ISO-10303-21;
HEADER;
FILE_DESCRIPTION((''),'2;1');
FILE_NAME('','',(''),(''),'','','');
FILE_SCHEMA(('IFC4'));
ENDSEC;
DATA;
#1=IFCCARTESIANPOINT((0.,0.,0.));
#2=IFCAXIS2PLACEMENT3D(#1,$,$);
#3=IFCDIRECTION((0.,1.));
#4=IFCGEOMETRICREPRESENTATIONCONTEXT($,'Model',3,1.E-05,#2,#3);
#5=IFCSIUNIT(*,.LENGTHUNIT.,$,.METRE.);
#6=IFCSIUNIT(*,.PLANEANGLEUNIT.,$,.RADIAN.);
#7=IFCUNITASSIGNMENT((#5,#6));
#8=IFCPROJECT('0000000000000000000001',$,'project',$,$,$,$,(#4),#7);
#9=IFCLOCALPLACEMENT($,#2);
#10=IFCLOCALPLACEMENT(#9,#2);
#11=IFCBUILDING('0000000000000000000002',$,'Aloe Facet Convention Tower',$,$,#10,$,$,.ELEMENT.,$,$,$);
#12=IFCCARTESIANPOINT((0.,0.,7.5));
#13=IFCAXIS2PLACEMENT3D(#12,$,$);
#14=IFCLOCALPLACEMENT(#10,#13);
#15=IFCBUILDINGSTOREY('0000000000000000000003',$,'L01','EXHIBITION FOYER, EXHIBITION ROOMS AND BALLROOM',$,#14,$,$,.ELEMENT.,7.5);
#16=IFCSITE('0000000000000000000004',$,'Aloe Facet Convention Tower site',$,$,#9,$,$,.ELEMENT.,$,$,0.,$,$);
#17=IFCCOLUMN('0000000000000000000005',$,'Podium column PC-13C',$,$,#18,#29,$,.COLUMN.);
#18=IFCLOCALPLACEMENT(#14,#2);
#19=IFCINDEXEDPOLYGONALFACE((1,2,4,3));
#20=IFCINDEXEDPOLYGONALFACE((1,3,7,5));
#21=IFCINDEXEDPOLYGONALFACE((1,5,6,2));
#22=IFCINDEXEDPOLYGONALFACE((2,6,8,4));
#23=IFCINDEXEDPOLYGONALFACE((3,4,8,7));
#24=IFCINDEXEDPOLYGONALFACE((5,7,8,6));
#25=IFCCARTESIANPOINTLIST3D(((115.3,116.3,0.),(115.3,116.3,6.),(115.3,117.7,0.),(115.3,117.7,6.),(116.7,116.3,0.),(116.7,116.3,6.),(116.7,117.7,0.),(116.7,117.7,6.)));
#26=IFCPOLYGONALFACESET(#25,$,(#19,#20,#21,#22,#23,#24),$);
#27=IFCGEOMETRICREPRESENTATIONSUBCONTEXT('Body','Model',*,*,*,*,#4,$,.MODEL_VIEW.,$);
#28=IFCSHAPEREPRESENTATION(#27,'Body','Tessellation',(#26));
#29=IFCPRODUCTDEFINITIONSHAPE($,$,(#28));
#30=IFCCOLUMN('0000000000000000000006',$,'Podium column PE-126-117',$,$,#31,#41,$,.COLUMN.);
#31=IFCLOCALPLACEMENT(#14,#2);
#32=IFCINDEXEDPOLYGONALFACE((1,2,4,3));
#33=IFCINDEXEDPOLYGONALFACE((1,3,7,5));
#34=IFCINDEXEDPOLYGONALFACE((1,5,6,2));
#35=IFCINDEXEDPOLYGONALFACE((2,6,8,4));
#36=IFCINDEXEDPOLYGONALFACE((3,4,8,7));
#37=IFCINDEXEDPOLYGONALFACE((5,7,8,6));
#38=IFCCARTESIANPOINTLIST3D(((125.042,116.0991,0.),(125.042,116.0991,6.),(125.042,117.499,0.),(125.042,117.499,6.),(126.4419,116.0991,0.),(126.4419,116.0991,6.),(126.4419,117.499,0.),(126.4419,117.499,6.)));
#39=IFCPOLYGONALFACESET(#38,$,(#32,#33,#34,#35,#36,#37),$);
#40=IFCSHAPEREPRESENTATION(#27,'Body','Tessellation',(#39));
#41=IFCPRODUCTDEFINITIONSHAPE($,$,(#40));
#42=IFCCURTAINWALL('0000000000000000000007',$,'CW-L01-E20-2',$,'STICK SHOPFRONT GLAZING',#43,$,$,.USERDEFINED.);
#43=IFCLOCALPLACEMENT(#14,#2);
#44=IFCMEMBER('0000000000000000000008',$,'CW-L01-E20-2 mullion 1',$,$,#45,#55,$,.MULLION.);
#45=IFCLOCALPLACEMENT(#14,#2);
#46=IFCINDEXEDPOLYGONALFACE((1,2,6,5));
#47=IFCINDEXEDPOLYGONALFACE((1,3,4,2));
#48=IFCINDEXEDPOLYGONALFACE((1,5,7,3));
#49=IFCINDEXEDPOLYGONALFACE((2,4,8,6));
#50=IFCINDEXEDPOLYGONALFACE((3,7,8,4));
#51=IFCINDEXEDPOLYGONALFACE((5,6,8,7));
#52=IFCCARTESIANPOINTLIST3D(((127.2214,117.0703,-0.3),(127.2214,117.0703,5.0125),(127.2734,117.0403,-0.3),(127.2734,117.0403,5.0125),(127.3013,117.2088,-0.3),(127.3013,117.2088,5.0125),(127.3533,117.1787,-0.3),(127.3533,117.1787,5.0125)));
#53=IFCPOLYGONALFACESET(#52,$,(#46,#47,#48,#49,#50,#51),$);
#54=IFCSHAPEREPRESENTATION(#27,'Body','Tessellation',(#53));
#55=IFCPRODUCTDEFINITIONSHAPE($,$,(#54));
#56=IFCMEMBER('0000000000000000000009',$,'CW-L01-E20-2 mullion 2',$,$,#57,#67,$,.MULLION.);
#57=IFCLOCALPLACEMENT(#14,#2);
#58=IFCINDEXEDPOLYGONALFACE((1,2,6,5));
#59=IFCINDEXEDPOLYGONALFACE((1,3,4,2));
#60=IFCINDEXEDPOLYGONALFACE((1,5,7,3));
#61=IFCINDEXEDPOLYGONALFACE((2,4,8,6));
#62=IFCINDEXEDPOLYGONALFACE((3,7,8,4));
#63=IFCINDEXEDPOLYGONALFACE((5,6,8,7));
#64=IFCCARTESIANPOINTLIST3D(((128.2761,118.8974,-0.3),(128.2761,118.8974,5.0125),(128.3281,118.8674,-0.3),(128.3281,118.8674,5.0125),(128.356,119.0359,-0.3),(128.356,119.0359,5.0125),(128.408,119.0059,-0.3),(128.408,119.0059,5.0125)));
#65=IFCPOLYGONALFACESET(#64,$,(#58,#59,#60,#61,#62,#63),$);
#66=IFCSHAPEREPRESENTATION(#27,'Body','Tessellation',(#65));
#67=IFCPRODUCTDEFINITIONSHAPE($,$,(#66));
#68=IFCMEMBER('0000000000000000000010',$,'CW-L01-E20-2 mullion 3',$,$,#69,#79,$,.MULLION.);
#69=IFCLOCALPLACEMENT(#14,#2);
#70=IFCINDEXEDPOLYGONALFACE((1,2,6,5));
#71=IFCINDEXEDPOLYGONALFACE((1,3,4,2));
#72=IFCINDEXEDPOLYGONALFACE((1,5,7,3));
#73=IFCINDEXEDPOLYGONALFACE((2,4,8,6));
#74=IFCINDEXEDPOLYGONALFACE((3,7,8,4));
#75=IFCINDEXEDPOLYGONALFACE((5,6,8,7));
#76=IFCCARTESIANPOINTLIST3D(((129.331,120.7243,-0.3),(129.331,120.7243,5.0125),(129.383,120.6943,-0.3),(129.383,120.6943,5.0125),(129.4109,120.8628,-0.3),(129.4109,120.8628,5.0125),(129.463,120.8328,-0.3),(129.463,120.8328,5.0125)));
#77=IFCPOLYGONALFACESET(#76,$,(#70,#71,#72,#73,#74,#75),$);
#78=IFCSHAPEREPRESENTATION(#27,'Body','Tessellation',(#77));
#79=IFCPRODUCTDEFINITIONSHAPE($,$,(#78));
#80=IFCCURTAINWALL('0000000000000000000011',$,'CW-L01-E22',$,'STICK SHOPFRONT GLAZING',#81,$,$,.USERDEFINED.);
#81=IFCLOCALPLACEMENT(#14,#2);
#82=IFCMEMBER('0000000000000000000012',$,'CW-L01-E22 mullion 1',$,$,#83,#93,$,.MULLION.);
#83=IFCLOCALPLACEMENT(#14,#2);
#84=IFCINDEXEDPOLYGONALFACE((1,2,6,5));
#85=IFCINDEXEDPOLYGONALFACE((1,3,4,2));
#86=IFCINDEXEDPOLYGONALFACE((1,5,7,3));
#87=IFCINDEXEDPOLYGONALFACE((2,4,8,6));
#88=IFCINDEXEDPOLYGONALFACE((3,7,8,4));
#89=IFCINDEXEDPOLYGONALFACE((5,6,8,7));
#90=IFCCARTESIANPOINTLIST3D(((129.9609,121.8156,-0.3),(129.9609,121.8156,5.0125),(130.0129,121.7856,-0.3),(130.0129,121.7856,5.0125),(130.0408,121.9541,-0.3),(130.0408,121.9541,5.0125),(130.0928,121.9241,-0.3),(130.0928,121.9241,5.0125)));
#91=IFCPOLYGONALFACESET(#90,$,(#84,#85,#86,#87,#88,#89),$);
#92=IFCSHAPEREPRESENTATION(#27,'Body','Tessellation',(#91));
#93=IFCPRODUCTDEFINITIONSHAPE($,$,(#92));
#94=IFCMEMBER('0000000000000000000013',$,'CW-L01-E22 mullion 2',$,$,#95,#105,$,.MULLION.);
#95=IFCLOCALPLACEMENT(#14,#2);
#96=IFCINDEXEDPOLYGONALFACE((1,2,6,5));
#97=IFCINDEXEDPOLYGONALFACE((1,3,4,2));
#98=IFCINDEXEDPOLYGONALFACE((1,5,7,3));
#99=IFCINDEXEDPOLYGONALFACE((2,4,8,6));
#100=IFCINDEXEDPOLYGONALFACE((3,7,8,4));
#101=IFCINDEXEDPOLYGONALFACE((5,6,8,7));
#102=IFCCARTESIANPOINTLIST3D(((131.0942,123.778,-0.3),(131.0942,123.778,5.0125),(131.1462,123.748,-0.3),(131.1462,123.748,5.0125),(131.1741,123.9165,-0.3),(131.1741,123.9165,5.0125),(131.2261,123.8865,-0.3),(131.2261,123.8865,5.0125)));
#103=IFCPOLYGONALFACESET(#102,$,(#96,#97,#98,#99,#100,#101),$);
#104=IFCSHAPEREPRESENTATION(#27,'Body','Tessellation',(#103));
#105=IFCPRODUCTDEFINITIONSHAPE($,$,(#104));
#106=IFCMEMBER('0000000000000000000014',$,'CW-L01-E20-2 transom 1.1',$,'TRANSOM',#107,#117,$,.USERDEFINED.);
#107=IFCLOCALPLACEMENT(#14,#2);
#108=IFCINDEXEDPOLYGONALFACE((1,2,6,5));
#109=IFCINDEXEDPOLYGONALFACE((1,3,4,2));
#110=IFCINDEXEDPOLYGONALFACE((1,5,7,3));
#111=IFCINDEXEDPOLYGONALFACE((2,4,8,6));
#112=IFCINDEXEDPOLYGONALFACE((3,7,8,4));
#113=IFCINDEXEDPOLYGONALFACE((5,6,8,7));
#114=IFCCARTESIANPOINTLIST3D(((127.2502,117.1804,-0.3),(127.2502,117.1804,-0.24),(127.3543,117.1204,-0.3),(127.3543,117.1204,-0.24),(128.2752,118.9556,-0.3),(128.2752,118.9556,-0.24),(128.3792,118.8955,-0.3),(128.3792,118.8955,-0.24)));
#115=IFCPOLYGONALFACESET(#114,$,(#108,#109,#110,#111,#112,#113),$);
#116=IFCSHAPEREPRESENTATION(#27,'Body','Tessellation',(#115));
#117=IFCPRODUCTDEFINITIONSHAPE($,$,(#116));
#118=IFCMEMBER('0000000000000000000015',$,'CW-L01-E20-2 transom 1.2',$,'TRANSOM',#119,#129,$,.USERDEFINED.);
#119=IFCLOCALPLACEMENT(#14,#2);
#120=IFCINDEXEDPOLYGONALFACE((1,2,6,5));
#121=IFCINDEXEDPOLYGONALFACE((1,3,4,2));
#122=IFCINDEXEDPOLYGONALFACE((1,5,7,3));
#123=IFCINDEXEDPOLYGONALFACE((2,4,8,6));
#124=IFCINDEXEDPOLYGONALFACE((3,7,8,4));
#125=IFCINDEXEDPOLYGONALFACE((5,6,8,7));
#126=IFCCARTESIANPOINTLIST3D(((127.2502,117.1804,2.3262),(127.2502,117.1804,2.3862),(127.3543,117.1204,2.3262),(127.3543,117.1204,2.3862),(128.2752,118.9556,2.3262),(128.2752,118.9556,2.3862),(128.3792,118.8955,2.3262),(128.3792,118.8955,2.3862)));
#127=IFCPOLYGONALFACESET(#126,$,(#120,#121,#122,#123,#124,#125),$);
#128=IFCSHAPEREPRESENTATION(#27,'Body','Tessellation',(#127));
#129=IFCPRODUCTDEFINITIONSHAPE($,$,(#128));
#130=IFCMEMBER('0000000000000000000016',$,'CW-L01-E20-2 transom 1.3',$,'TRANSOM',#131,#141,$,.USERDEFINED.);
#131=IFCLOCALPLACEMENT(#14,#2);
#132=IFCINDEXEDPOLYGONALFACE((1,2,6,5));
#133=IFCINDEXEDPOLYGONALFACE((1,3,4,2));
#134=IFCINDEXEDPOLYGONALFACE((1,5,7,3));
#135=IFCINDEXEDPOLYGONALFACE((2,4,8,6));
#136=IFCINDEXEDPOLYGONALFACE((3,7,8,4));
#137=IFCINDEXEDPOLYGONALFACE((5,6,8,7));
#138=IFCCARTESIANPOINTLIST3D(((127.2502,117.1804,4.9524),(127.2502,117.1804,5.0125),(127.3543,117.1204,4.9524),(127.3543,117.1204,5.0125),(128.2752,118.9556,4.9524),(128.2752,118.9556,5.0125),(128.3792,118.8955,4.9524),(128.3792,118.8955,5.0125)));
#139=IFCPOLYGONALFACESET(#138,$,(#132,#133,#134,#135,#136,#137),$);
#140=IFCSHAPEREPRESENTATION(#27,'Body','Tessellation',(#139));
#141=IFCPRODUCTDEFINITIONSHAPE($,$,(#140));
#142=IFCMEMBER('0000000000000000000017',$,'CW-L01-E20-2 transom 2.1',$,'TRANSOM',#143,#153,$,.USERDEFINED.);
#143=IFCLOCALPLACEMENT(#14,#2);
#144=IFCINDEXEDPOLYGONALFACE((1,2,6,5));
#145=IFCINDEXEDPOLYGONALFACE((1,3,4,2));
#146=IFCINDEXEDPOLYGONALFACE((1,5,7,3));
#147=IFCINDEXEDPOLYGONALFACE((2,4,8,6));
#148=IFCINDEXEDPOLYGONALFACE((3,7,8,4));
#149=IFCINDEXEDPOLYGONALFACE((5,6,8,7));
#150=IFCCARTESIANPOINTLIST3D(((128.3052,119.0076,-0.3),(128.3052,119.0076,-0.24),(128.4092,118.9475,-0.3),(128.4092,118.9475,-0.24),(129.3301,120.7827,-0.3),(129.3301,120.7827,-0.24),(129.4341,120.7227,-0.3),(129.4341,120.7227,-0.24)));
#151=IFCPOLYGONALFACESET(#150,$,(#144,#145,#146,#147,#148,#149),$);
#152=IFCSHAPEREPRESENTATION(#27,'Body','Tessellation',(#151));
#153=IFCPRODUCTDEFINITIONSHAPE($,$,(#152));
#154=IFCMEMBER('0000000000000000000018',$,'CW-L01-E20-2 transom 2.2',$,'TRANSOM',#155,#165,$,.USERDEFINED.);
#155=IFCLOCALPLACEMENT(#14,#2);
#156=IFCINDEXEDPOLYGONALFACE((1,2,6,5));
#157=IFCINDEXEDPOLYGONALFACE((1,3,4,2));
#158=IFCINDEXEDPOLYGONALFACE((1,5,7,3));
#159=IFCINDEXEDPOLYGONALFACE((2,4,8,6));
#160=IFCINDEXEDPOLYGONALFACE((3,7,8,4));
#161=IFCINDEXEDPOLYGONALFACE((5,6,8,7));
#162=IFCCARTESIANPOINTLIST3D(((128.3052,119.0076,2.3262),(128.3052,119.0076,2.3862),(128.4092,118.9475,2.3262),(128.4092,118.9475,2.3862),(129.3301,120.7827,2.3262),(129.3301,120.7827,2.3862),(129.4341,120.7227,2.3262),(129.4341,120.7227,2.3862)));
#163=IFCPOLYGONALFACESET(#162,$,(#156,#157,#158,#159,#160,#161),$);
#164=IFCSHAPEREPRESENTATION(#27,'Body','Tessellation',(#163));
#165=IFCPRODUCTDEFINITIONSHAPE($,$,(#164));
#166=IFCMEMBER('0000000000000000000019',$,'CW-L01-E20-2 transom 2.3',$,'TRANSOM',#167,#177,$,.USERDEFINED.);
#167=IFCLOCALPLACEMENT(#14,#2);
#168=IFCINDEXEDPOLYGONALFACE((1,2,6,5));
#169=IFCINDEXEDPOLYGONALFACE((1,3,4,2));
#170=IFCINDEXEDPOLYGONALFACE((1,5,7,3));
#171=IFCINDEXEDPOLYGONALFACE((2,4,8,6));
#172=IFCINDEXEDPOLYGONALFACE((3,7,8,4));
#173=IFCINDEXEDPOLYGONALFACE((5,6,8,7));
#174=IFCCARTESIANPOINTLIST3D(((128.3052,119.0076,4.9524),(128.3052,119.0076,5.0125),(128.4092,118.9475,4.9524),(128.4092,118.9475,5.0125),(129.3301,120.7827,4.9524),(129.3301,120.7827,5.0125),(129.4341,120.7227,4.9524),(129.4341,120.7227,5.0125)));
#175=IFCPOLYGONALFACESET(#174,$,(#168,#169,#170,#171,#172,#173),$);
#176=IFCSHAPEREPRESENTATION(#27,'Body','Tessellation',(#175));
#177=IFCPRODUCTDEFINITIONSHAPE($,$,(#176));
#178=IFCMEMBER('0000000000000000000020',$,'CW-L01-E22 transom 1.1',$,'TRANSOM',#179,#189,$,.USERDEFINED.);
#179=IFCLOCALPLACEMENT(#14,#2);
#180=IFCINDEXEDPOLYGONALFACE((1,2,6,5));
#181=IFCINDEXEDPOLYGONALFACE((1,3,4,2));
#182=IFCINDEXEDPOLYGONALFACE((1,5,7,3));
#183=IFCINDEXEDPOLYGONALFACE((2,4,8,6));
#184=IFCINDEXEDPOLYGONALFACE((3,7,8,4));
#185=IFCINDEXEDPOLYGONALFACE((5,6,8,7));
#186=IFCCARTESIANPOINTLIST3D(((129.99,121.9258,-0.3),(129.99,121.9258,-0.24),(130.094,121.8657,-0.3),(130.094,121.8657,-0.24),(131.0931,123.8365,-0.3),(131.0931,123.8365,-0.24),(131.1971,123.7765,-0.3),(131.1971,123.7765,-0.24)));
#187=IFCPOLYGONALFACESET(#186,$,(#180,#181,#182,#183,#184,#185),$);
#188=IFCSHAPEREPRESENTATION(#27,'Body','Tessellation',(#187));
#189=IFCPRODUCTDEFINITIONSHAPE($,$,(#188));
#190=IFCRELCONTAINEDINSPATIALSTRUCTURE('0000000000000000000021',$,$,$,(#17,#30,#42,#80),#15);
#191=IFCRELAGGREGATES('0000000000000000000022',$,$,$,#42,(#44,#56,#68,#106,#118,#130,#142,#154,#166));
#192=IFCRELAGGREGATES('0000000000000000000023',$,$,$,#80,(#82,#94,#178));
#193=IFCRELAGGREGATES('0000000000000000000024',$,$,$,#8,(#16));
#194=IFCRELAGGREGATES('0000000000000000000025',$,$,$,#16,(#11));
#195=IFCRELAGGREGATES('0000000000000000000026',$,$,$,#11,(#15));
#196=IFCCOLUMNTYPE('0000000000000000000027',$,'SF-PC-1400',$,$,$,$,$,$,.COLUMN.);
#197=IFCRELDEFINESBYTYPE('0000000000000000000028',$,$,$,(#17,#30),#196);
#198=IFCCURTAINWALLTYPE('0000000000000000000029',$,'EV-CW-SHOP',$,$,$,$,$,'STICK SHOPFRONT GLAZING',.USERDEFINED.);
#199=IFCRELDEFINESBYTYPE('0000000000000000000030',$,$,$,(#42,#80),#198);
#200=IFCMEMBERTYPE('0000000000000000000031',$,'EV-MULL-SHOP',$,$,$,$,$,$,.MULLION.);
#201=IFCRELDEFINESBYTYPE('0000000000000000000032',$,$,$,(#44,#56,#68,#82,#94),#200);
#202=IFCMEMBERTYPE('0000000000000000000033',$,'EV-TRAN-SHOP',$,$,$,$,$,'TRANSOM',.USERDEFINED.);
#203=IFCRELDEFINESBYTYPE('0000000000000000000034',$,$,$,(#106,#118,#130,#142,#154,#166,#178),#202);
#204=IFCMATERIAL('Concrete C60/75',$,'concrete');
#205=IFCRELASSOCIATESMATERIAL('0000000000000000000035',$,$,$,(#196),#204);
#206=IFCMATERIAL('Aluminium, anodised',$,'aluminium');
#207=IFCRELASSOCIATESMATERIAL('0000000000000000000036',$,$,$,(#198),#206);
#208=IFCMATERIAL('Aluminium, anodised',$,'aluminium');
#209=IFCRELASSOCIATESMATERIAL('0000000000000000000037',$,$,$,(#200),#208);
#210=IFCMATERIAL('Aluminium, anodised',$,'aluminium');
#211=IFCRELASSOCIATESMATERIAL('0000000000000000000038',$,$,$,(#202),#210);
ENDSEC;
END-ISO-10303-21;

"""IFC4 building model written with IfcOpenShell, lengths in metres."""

from ifc_helpers import new_model, si_unit, direction, frame, origin, origin_2d, place, context, subcontext, project, spatial, rectangle, extrude, material, material_profile, profile_set, type_object, element, aggregate, save


model = new_model("IFC4")

# Units and contexts
model_context = context("Model", 3, precision=1e-05, world=origin(), true_north=direction((0.0, 1.0)))
body_context = subcontext(model_context, "Body", "Model", "MODEL_VIEW")
ifc_project = project(units=[si_unit("LENGTHUNIT", "METRE"), si_unit("PLANEANGLEUNIT", "RADIAN")], contexts=[model_context])

# Site, building, storey
site_placement = place(None, origin())
site = spatial("IfcSite", under=ifc_project, at=site_placement, Name="Aloe Facet Convention Tower site", CompositionType="ELEMENT", RefElevation=0.0)
building_placement = place(site_placement, origin())
building = spatial("IfcBuilding", under=site, at=building_placement, Name="Aloe Facet Convention Tower", CompositionType="ELEMENT")
storey_placement = place(building_placement, frame((0.0, 0.0, 7.5)))
storey = spatial("IfcBuildingStorey", under=building, at=storey_placement, Name="L01", Description="EXHIBITION FOYER, EXHIBITION ROOMS AND BALLROOM", CompositionType="ELEMENT", Elevation=7.5)

# Columns
ifc_material_1 = material(Name="Concrete C60/75", Category="concrete")
ifc_material_profile_1 = material_profile(ifc_material_1, rectangle(XDim=1.3999, YDim=1.3999, at=origin_2d()), Name="SF-PC-1400")
ifc_profile_set_1 = profile_set([ifc_material_profile_1], Name="Concrete C60/75")
column_type = type_object("IfcColumnType", Name="SF-PC-1400", PredefinedType="COLUMN", material=ifc_profile_set_1)
for number, where, z_axis, x_axis, name in (
    (1, (116.0, 117.0, 0.0), (0.0, 0.0, 1.0), (1.0, 0.0, 0.0), "Podium column PC-13C"),
    (2, (125.7419, 116.7991, 0.0), (0.0, 0.0, 1.0), (1.0, 0.0, 0.0), "Podium column PE-126-117"),
):
    element("IfcColumn", number, at=place(storey_placement, frame(where, z_axis=z_axis, x_axis=x_axis)), inside=storey, type_object=column_type, Name=name, PredefinedType="COLUMN", context=body_context, shape_type="SweptSolid", body=[
        extrude(rectangle(XDim=1.3999, YDim=1.3999, at=origin_2d()), origin(), (0.0, 0.0, 1.0), 6.0),
    ])

# Curtain walls, members
ifc_material_2 = material(Name="Aluminium, anodised", Category="aluminium")
curtain_wall_type = type_object("IfcCurtainWallType", Name="EV-CW-SHOP", ElementType="STICK SHOPFRONT GLAZING", PredefinedType="USERDEFINED", material=ifc_material_2)
curtain_wall_1_placement = place(storey_placement, origin())
curtain_wall_1 = element("IfcCurtainWall", 3, at=curtain_wall_1_placement, inside=storey, type_object=curtain_wall_type, Name="CW-L01-E20-2", ObjectType="STICK SHOPFRONT GLAZING", PredefinedType="USERDEFINED")
ifc_material_3 = material(Name="Aluminium, anodised", Category="aluminium")
ifc_material_profile_2 = material_profile(ifc_material_3, rectangle(XDim=0.0601, YDim=0.1599, at=origin_2d()), Name="AL 60x160")
ifc_profile_set_2 = profile_set([ifc_material_profile_2], Name="Aluminium, anodised")
member_type_1 = type_object("IfcMemberType", Name="EV-MULL-SHOP", PredefinedType="MULLION", material=ifc_profile_set_2)
member_1_placement = place(storey_placement, frame((127.2874, 117.1245, -0.3), z_axis=(0.0, 0.0, 1.0), x_axis=(-0.866025, 0.5, 0.0)))
member_1 = element("IfcMember", 4, at=member_1_placement, type_object=member_type_1, Name="CW-L01-E20-2 mullion 1", PredefinedType="MULLION", context=body_context, shape_type="SweptSolid", body=[
    extrude(rectangle(XDim=0.0601, YDim=0.1599, at=origin_2d()), origin(), (0.0, 0.0, 1.0), 5.3125),
])
member_2_placement = place(storey_placement, frame((128.342, 118.9517, -0.3), z_axis=(0.0, 0.0, 1.0), x_axis=(-0.866025, 0.5, 0.0)))
member_2 = element("IfcMember", 5, at=member_2_placement, type_object=member_type_1, Name="CW-L01-E20-2 mullion 2", PredefinedType="MULLION", context=body_context, shape_type="SweptSolid", body=[
    extrude(rectangle(XDim=0.0601, YDim=0.1599, at=origin_2d()), origin(), (0.0, 0.0, 1.0), 5.3125),
])
member_3_placement = place(storey_placement, frame((129.397, 120.7786, -0.3), z_axis=(0.0, 0.0, 1.0), x_axis=(-0.866025, 0.5, 0.0)))
member_3 = element("IfcMember", 6, at=member_3_placement, type_object=member_type_1, Name="CW-L01-E20-2 mullion 3", PredefinedType="MULLION", context=body_context, shape_type="SweptSolid", body=[
    extrude(rectangle(XDim=0.0601, YDim=0.1599, at=origin_2d()), origin(), (0.0, 0.0, 1.0), 5.3125),
])
curtain_wall_2_placement = place(storey_placement, origin())
curtain_wall_2 = element("IfcCurtainWall", 7, at=curtain_wall_2_placement, inside=storey, type_object=curtain_wall_type, Name="CW-L01-E22", ObjectType="STICK SHOPFRONT GLAZING", PredefinedType="USERDEFINED")
member_4_placement = place(storey_placement, frame((130.0269, 121.8699, -0.3), z_axis=(0.0, 0.0, 1.0), x_axis=(-0.866025, 0.5, 0.0)))
member_4 = element("IfcMember", 8, at=member_4_placement, type_object=member_type_1, Name="CW-L01-E22 mullion 1", PredefinedType="MULLION", context=body_context, shape_type="SweptSolid", body=[
    extrude(rectangle(XDim=0.0601, YDim=0.1599, at=origin_2d()), origin(), (0.0, 0.0, 1.0), 5.3125),
])
member_5_placement = place(storey_placement, frame((131.1602, 123.8323, -0.3), z_axis=(0.0, 0.0, 1.0), x_axis=(-0.866025, 0.5, 0.0)))
member_5 = element("IfcMember", 9, at=member_5_placement, type_object=member_type_1, Name="CW-L01-E22 mullion 2", PredefinedType="MULLION", context=body_context, shape_type="SweptSolid", body=[
    extrude(rectangle(XDim=0.0601, YDim=0.1599, at=origin_2d()), origin(), (0.0, 0.0, 1.0), 5.3125),
])

# Members
ifc_material_4 = material(Name="Aluminium, anodised", Category="aluminium")
ifc_material_profile_3 = material_profile(ifc_material_4, rectangle(XDim=0.1201, YDim=0.0601, at=origin_2d()), Name="AL 120x60")
ifc_profile_set_3 = profile_set([ifc_material_profile_3], Name="Aluminium, anodised")
member_type_2 = type_object("IfcMemberType", Name="EV-TRAN-SHOP", ElementType="TRANSOM", PredefinedType="USERDEFINED", material=ifc_profile_set_3)
member_6_placement = place(storey_placement, frame((127.3022, 117.1504, -0.27), z_axis=(0.500008, 0.866021, 0.0), x_axis=(-0.866021, 0.500008, 0.0)))
member_6 = element("IfcMember", 10, at=member_6_placement, type_object=member_type_2, Name="CW-L01-E20-2 transom 1.1", ObjectType="TRANSOM", PredefinedType="USERDEFINED", context=body_context, shape_type="SweptSolid", body=[
    extrude(rectangle(XDim=0.1201, YDim=0.0601, at=origin_2d()), origin(), (0.0, 0.0, 1.0), 2.0498),
])
member_7_placement = place(storey_placement, frame((127.3022, 117.1504, 2.3562), z_axis=(0.500008, 0.866021, 0.0), x_axis=(-0.866021, 0.500008, 0.0)))
member_7 = element("IfcMember", 11, at=member_7_placement, type_object=member_type_2, Name="CW-L01-E20-2 transom 1.2", ObjectType="TRANSOM", PredefinedType="USERDEFINED", context=body_context, shape_type="SweptSolid", body=[
    extrude(rectangle(XDim=0.1201, YDim=0.0601, at=origin_2d()), origin(), (0.0, 0.0, 1.0), 2.0498),
])
member_8_placement = place(storey_placement, frame((127.3022, 117.1504, 4.9824), z_axis=(0.500008, 0.866021, 0.0), x_axis=(-0.866021, 0.500008, 0.0)))
member_8 = element("IfcMember", 12, at=member_8_placement, type_object=member_type_2, Name="CW-L01-E20-2 transom 1.3", ObjectType="TRANSOM", PredefinedType="USERDEFINED", context=body_context, shape_type="SweptSolid", body=[
    extrude(rectangle(XDim=0.1201, YDim=0.0601, at=origin_2d()), origin(), (0.0, 0.0, 1.0), 2.0498),
])
member_9_placement = place(storey_placement, frame((128.3572, 118.9775, -0.27), z_axis=(0.500008, 0.866021, 0.0), x_axis=(-0.866021, 0.500008, 0.0)))
member_9 = element("IfcMember", 13, at=member_9_placement, type_object=member_type_2, Name="CW-L01-E20-2 transom 2.1", ObjectType="TRANSOM", PredefinedType="USERDEFINED", context=body_context, shape_type="SweptSolid", body=[
    extrude(rectangle(XDim=0.1201, YDim=0.0601, at=origin_2d()), origin(), (0.0, 0.0, 1.0), 2.0498),
])
member_10_placement = place(storey_placement, frame((128.3572, 118.9775, 2.3562), z_axis=(0.500008, 0.866021, 0.0), x_axis=(-0.866021, 0.500008, 0.0)))
member_10 = element("IfcMember", 14, at=member_10_placement, type_object=member_type_2, Name="CW-L01-E20-2 transom 2.2", ObjectType="TRANSOM", PredefinedType="USERDEFINED", context=body_context, shape_type="SweptSolid", body=[
    extrude(rectangle(XDim=0.1201, YDim=0.0601, at=origin_2d()), origin(), (0.0, 0.0, 1.0), 2.0498),
])
member_11_placement = place(storey_placement, frame((128.3572, 118.9775, 4.9824), z_axis=(0.500008, 0.866021, 0.0), x_axis=(-0.866021, 0.500008, 0.0)))
member_11 = element("IfcMember", 15, at=member_11_placement, type_object=member_type_2, Name="CW-L01-E20-2 transom 2.3", ObjectType="TRANSOM", PredefinedType="USERDEFINED", context=body_context, shape_type="SweptSolid", body=[
    extrude(rectangle(XDim=0.1201, YDim=0.0601, at=origin_2d()), origin(), (0.0, 0.0, 1.0), 2.0498),
])
member_12_placement = place(storey_placement, frame((130.042, 121.8958, -0.27), z_axis=(0.499972, 0.866042, 0.0), x_axis=(-0.866042, 0.499972, 0.0)))
member_12 = element("IfcMember", 16, at=member_12_placement, type_object=member_type_2, Name="CW-L01-E22 transom 1.1", ObjectType="TRANSOM", PredefinedType="USERDEFINED", context=body_context, shape_type="SweptSolid", body=[
    extrude(rectangle(XDim=0.1201, YDim=0.0601, at=origin_2d()), origin(), (0.0, 0.0, 1.0), 2.2063),
])

aggregate(curtain_wall_1, [member_1, member_2, member_3, member_6, member_7, member_8, member_9, member_10, member_11])
aggregate(curtain_wall_2, [member_4, member_5, member_12])

save(model, "model.ifc")
